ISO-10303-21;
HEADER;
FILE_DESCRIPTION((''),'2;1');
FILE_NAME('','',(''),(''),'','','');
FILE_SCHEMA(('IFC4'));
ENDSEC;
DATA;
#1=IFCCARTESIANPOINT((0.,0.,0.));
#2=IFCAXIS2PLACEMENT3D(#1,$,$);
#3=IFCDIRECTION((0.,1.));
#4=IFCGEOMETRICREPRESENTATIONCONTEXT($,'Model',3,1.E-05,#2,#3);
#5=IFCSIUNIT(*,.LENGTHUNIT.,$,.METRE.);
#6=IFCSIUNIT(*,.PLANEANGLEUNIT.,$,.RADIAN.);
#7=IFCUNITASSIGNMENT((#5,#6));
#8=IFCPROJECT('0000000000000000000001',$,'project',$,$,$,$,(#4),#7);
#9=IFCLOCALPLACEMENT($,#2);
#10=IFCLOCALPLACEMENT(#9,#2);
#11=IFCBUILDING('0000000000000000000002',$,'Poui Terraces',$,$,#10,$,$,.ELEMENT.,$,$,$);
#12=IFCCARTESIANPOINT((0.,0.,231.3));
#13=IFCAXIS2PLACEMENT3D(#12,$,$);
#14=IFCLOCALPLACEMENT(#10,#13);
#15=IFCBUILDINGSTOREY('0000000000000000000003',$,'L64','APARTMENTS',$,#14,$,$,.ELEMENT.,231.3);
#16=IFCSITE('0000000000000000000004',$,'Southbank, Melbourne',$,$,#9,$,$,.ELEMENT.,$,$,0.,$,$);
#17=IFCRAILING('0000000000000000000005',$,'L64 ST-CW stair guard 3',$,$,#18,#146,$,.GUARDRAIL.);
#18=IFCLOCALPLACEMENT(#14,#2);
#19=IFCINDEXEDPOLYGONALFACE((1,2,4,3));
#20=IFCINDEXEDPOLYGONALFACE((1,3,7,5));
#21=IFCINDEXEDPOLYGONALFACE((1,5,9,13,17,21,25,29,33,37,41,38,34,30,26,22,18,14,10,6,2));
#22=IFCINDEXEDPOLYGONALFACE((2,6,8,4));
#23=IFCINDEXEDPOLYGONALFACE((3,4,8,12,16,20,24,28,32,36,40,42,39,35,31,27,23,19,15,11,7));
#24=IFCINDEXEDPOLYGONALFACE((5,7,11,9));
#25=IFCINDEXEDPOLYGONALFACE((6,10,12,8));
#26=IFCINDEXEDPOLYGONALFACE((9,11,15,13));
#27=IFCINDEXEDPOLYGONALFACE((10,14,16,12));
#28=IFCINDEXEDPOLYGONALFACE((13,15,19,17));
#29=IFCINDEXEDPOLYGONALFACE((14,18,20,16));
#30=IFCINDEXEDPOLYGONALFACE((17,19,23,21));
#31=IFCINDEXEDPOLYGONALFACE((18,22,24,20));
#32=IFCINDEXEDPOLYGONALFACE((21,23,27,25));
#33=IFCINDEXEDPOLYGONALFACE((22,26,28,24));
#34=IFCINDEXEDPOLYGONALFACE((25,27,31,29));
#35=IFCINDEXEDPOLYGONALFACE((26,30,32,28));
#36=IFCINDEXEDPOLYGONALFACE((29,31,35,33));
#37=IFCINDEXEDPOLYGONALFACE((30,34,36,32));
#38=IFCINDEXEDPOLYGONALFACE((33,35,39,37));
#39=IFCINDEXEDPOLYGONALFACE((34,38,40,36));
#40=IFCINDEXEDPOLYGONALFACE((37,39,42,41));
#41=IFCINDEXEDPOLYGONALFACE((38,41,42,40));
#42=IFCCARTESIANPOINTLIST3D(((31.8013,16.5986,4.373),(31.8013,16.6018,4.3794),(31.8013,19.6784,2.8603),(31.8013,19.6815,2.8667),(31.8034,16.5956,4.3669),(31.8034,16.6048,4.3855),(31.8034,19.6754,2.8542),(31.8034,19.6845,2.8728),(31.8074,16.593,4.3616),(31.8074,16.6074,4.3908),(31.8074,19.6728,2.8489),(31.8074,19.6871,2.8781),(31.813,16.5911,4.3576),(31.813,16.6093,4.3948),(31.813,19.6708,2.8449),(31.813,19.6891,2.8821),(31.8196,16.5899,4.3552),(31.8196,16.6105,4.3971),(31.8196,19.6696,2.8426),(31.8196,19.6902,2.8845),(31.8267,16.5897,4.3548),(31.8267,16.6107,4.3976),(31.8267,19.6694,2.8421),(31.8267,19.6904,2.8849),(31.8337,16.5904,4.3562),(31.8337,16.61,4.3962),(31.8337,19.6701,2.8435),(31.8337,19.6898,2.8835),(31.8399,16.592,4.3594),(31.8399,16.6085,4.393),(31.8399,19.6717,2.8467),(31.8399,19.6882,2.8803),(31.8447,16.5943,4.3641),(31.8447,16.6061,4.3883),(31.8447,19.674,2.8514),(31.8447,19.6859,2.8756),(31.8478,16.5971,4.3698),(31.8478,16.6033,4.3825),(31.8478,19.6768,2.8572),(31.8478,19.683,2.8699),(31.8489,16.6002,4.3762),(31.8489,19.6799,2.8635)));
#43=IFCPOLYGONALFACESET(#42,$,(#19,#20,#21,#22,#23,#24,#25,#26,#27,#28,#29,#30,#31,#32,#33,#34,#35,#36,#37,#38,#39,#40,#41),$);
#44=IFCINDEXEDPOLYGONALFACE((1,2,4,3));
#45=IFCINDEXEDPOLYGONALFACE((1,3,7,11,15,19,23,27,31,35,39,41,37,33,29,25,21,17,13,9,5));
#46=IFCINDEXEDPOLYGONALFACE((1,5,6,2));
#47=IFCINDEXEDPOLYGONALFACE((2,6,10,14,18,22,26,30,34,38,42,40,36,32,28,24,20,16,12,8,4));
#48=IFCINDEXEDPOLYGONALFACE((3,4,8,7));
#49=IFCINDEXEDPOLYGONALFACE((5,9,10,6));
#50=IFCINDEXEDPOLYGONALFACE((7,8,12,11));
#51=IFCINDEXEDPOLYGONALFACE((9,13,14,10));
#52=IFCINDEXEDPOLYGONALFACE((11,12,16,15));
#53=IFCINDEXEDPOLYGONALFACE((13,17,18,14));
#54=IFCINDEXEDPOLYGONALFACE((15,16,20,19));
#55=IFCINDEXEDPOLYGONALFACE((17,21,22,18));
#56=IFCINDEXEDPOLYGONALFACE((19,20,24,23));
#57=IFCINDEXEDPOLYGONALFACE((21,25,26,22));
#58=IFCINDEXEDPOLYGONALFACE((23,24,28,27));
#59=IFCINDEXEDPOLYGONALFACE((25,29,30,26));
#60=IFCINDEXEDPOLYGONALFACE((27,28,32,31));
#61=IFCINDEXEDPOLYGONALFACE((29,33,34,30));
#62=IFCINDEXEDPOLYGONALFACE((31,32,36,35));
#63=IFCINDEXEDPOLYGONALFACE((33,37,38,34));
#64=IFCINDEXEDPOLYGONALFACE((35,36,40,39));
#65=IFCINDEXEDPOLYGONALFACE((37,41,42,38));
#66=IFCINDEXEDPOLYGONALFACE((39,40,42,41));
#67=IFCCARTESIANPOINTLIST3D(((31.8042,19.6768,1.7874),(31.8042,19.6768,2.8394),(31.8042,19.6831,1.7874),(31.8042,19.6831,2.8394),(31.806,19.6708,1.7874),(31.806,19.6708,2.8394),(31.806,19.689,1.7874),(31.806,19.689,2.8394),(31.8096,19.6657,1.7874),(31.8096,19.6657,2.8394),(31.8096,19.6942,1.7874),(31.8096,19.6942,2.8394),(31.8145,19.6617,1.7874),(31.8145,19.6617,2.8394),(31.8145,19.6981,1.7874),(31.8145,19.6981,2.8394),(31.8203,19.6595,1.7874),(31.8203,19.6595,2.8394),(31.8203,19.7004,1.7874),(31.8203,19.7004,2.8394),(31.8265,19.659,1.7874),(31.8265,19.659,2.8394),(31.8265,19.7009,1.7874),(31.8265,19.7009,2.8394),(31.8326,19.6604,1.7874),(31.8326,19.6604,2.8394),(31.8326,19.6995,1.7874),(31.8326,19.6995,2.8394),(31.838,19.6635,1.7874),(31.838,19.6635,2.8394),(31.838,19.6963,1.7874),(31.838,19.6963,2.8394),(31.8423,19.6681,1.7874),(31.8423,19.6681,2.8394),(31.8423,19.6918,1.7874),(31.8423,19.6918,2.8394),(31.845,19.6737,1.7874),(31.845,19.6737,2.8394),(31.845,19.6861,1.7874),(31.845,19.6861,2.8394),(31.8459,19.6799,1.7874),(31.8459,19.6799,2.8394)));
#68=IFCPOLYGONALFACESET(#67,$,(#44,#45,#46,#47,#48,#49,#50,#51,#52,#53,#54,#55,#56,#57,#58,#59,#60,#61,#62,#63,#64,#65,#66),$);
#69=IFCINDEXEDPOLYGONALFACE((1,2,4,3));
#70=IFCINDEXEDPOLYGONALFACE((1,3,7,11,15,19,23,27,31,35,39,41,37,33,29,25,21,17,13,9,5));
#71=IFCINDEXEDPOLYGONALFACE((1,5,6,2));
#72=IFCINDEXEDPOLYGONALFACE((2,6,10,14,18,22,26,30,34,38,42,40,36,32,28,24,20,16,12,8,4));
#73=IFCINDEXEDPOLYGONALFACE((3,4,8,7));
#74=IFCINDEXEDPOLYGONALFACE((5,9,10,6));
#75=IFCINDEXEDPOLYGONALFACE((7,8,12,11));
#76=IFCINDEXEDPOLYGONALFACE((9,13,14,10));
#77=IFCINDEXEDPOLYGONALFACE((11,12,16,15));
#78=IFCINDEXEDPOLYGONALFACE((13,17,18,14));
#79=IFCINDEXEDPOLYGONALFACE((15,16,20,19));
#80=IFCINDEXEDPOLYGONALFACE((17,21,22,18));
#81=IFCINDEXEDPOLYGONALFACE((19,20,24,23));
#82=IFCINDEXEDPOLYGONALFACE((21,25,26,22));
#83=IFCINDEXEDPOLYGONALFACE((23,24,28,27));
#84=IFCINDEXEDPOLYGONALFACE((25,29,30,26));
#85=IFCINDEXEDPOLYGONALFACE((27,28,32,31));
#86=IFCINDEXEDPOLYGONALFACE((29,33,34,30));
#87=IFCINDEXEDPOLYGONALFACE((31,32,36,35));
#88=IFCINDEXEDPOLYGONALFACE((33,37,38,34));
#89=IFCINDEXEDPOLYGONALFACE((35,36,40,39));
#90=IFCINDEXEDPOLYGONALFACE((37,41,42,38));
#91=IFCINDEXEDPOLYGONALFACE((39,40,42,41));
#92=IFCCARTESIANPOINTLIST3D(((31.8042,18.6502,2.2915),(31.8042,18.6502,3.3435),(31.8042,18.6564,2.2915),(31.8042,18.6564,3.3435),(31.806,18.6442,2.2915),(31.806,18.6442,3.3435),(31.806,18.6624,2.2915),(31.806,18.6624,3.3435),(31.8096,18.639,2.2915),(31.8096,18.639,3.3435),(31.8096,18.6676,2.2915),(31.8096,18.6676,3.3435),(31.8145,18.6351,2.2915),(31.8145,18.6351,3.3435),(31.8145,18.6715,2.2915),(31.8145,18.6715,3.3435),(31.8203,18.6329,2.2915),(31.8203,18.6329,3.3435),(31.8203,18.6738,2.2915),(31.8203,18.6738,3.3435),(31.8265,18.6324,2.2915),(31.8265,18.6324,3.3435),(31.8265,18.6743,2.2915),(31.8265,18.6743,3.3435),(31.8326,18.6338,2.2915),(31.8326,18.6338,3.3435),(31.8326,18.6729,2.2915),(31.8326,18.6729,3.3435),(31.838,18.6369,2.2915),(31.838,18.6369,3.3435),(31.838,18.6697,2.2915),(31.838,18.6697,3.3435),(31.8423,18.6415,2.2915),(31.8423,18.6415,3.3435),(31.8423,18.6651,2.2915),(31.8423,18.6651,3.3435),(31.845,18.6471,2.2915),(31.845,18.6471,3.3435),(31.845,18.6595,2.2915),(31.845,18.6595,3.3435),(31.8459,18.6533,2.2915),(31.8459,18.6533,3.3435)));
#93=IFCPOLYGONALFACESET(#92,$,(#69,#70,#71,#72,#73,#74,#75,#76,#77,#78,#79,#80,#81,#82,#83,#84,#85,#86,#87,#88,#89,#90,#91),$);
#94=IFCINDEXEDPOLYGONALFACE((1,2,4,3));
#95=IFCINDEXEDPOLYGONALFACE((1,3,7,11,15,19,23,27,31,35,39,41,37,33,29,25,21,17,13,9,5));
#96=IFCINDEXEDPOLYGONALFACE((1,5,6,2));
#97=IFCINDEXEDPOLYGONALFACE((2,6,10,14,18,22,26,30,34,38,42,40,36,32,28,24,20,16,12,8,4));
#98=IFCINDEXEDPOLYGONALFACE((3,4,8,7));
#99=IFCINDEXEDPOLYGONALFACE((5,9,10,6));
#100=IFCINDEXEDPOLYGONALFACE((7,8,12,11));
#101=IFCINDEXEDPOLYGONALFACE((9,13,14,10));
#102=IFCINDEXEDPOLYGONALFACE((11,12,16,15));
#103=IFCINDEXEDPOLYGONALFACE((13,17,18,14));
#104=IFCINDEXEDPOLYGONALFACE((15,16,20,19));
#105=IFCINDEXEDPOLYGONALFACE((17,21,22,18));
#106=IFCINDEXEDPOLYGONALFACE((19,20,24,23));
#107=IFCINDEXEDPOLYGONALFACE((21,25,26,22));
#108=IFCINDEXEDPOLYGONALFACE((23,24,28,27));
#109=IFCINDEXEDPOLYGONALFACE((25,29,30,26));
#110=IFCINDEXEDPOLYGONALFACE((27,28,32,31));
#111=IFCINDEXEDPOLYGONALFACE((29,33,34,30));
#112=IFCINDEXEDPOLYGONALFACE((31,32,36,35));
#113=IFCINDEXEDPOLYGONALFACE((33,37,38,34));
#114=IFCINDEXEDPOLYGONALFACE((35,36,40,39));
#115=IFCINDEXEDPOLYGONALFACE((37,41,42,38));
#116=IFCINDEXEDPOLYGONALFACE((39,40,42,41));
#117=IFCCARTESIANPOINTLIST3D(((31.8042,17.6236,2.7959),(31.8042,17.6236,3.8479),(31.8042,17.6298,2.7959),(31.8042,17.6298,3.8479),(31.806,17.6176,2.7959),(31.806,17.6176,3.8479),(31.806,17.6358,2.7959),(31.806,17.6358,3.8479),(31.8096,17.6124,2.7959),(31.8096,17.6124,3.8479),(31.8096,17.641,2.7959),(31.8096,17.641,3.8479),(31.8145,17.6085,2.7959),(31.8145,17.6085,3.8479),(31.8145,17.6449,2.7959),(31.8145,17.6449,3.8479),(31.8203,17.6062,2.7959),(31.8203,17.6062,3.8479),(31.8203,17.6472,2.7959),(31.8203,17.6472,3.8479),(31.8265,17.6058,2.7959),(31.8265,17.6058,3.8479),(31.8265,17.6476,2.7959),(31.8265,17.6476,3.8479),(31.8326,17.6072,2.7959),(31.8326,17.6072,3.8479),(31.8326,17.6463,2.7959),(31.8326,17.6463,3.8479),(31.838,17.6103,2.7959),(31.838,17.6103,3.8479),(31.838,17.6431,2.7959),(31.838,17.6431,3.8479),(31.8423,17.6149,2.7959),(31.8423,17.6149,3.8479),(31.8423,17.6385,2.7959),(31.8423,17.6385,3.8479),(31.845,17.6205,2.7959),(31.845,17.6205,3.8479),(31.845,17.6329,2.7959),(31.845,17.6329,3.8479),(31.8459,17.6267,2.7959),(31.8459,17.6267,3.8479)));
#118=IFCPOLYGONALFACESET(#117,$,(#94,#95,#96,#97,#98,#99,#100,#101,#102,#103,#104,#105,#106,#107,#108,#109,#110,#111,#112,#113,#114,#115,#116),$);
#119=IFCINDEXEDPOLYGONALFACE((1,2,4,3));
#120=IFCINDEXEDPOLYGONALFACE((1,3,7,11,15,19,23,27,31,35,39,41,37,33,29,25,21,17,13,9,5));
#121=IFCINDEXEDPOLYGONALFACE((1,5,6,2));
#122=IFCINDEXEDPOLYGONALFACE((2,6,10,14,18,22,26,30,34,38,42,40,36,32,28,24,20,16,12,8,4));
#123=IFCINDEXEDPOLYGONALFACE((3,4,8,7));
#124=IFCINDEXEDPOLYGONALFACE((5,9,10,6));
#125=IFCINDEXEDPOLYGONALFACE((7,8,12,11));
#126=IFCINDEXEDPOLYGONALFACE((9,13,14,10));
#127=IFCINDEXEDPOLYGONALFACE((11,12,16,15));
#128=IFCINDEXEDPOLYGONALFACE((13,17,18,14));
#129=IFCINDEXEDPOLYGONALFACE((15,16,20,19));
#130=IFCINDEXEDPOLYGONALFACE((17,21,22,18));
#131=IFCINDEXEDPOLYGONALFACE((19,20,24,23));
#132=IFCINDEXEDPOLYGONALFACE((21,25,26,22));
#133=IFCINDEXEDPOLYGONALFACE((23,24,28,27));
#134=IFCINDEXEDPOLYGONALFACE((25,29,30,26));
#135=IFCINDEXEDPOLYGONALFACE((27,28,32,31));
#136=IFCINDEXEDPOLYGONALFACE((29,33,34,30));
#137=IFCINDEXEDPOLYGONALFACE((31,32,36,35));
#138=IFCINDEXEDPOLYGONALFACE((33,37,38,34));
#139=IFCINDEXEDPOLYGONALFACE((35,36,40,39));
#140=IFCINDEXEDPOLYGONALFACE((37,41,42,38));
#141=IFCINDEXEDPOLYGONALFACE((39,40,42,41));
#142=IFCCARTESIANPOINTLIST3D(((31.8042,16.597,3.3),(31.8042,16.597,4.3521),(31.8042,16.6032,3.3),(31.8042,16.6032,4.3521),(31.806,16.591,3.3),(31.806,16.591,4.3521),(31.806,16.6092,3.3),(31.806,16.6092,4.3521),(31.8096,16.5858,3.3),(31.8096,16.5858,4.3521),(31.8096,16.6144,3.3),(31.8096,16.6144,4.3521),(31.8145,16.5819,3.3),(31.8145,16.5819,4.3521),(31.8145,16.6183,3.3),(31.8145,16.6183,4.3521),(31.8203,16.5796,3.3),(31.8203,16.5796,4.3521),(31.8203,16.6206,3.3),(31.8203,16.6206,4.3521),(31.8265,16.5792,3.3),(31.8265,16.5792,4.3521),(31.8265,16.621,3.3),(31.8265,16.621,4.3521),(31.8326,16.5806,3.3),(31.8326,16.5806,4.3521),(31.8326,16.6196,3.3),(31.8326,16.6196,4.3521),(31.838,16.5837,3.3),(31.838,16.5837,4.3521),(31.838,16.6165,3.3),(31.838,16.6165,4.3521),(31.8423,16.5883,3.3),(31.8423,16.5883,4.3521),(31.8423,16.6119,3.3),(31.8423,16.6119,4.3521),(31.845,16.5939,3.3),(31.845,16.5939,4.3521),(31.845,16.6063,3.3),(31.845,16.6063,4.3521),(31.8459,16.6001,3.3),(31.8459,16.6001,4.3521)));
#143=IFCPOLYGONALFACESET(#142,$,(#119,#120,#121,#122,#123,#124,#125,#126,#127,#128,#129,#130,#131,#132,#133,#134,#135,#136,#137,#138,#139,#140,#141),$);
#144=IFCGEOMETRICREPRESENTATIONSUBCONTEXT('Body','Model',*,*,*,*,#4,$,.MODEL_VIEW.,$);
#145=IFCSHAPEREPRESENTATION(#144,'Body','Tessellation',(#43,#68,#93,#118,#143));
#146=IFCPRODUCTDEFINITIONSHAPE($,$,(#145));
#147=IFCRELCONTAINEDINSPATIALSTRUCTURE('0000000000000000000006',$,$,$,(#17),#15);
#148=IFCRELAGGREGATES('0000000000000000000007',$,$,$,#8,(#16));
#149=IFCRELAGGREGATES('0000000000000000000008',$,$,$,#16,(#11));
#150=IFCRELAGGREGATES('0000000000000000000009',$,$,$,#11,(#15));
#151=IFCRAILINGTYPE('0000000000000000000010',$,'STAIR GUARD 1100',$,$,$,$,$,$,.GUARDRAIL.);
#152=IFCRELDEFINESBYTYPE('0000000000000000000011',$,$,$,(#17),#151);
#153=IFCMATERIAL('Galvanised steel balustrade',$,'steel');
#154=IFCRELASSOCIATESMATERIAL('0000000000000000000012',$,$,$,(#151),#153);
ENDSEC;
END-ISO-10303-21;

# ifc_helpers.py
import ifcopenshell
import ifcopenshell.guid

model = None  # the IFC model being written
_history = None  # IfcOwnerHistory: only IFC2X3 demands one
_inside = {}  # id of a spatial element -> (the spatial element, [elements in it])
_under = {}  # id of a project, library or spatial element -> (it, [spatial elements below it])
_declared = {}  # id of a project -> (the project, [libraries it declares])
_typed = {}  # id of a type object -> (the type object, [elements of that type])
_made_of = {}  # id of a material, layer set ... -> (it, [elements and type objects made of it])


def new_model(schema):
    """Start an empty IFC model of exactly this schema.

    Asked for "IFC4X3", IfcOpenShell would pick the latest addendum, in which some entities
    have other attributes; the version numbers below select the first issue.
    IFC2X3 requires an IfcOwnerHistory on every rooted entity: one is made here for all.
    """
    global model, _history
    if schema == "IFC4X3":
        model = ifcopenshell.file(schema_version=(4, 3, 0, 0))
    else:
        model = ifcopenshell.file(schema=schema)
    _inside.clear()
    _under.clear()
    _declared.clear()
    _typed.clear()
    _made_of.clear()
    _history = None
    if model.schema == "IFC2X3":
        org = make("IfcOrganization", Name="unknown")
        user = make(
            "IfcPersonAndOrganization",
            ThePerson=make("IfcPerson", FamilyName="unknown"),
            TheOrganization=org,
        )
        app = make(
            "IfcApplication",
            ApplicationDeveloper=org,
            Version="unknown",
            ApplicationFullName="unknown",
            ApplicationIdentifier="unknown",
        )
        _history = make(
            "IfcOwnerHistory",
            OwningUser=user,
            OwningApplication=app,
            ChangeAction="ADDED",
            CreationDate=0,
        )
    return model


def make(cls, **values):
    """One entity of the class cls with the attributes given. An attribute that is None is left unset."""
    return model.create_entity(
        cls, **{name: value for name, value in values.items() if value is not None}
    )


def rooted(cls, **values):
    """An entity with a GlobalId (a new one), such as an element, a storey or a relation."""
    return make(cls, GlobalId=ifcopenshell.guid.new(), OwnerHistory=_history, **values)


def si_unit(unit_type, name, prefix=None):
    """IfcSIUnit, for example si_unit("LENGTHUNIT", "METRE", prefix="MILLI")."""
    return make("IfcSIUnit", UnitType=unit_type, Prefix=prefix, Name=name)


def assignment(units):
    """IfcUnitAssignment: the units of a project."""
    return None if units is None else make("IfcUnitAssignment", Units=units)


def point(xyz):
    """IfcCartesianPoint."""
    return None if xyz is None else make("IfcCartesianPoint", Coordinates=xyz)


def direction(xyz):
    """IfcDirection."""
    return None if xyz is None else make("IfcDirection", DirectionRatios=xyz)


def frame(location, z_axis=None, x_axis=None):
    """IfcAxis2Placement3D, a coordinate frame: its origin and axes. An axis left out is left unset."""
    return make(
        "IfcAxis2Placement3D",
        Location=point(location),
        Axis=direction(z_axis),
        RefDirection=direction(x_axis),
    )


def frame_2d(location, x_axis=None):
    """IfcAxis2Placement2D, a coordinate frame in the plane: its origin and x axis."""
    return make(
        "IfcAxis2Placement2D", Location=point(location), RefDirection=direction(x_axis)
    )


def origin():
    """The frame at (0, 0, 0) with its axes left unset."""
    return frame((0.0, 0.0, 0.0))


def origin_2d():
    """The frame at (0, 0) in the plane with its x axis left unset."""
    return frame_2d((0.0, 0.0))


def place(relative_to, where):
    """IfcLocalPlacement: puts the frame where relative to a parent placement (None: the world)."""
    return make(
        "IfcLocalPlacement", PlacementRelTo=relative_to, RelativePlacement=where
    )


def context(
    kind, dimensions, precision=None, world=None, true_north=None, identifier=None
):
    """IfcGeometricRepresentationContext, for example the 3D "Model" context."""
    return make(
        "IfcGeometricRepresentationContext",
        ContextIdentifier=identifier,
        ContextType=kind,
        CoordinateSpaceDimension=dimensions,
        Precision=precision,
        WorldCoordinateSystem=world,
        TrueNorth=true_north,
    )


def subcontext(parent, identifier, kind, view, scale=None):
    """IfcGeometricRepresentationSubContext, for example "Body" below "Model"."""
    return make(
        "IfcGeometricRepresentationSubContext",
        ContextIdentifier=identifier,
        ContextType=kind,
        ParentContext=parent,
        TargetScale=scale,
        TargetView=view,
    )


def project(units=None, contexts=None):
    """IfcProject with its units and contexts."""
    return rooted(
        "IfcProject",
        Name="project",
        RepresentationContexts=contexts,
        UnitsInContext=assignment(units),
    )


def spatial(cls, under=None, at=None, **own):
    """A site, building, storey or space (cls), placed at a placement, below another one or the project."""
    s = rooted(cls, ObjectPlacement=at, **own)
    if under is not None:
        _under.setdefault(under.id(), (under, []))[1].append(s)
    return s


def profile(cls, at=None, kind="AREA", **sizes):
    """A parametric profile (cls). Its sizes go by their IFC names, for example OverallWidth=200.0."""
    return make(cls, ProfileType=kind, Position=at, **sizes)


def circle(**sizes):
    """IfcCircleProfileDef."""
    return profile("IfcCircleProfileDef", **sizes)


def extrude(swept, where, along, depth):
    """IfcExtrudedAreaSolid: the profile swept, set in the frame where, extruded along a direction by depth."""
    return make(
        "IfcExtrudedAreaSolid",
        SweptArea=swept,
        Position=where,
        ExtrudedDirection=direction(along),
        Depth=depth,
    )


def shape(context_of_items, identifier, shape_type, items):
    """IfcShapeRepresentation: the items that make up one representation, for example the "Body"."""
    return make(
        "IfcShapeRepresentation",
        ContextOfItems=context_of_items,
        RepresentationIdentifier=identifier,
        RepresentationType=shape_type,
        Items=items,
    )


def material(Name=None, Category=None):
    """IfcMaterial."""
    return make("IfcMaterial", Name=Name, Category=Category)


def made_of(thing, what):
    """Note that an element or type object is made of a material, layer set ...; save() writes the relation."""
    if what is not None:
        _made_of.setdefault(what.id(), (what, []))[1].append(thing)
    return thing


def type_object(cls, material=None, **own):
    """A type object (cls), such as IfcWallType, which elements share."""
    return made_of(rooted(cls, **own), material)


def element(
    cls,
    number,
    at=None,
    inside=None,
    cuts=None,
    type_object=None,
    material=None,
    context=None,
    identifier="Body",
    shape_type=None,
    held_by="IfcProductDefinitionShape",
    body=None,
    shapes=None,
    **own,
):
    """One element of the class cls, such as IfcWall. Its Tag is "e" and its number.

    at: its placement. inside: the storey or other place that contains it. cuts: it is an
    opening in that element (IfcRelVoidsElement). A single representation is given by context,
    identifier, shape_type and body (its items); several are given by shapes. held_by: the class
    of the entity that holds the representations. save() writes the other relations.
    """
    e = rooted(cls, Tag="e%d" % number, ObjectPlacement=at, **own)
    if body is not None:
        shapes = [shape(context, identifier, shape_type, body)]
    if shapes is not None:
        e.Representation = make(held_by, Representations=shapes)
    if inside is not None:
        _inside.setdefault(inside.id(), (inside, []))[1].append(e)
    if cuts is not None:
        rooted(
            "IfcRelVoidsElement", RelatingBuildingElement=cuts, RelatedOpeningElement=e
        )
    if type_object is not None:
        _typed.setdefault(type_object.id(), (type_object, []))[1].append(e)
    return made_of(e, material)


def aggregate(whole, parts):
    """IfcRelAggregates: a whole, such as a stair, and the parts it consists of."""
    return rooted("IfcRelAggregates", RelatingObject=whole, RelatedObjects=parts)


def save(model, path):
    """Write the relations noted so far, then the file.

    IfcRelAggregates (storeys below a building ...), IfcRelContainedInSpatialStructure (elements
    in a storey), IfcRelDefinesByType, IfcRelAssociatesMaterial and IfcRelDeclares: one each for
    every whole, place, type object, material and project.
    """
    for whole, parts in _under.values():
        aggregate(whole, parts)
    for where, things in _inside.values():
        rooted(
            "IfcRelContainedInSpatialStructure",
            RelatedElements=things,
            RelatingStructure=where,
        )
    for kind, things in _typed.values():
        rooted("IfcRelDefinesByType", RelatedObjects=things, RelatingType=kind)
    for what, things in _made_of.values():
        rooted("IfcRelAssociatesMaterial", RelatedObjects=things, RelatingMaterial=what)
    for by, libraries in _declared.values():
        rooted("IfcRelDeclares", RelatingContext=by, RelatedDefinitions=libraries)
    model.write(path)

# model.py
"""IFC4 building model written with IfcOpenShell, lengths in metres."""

from ifc_helpers import new_model, si_unit, direction, frame, origin, origin_2d, place, context, subcontext, project, spatial, circle, extrude, material, type_object, element, save


model = new_model("IFC4")

# Units and contexts
model_context = context("Model", 3, precision=1e-05, world=origin(), true_north=direction((0.0, 1.0)))
body_context = subcontext(model_context, "Body", "Model", "MODEL_VIEW")
ifc_project = project(units=[si_unit("LENGTHUNIT", "METRE"), si_unit("PLANEANGLEUNIT", "RADIAN")], contexts=[model_context])

# Site, building, storey
site_placement = place(None, origin())
site = spatial("IfcSite", under=ifc_project, at=site_placement, Name="Southbank, Melbourne", CompositionType="ELEMENT", RefElevation=0.0)
building_placement = place(site_placement, origin())
building = spatial("IfcBuilding", under=site, at=building_placement, Name="Poui Terraces", CompositionType="ELEMENT")
storey_placement = place(building_placement, frame((0.0, 0.0, 231.3)))
storey = spatial("IfcBuildingStorey", under=building, at=storey_placement, Name="L64", Description="APARTMENTS", CompositionType="ELEMENT", Elevation=231.3)

# Railing
ifc_material_1 = material(Name="Galvanised steel balustrade", Category="steel")
railing_type_1 = type_object("IfcRailingType", Name="STAIR GUARD 1100", PredefinedType="GUARDRAIL", material=ifc_material_1)
railing_1_placement = place(storey_placement, frame((31.825, 19.6799, 1.7874)))
element("IfcRailing", 1, at=railing_1_placement, inside=storey, type_object=railing_type_1, Name="L64 ST-CW stair guard 3", PredefinedType="GUARDRAIL", context=body_context, shape_type="SweptSolid", body=[
    extrude(circle(Radius=0.0239, at=origin_2d()), frame((0.0, 0.0, 1.0762), z_axis=(0.0, -0.897578, 0.440856), x_axis=(1.0, 0.0, 0.0)), (0.0, 0.0, 1.0), 3.4312),
    extrude(circle(Radius=0.021, at=origin_2d()), origin(), (0.0, 0.0, 1.0), 1.052),
    extrude(circle(Radius=0.021, at=origin_2d()), frame((0.0, -1.0266, 0.5042)), (0.0, 0.0, 1.0), 1.052),
    extrude(circle(Radius=0.021, at=origin_2d()), frame((0.0, -2.0532, 1.0085)), (0.0, 0.0, 1.0), 1.052),
    extrude(circle(Radius=0.021, at=origin_2d()), frame((0.0, -3.0798, 1.5127)), (0.0, 0.0, 1.0), 1.052),
])

save(model, "model.ifc")
